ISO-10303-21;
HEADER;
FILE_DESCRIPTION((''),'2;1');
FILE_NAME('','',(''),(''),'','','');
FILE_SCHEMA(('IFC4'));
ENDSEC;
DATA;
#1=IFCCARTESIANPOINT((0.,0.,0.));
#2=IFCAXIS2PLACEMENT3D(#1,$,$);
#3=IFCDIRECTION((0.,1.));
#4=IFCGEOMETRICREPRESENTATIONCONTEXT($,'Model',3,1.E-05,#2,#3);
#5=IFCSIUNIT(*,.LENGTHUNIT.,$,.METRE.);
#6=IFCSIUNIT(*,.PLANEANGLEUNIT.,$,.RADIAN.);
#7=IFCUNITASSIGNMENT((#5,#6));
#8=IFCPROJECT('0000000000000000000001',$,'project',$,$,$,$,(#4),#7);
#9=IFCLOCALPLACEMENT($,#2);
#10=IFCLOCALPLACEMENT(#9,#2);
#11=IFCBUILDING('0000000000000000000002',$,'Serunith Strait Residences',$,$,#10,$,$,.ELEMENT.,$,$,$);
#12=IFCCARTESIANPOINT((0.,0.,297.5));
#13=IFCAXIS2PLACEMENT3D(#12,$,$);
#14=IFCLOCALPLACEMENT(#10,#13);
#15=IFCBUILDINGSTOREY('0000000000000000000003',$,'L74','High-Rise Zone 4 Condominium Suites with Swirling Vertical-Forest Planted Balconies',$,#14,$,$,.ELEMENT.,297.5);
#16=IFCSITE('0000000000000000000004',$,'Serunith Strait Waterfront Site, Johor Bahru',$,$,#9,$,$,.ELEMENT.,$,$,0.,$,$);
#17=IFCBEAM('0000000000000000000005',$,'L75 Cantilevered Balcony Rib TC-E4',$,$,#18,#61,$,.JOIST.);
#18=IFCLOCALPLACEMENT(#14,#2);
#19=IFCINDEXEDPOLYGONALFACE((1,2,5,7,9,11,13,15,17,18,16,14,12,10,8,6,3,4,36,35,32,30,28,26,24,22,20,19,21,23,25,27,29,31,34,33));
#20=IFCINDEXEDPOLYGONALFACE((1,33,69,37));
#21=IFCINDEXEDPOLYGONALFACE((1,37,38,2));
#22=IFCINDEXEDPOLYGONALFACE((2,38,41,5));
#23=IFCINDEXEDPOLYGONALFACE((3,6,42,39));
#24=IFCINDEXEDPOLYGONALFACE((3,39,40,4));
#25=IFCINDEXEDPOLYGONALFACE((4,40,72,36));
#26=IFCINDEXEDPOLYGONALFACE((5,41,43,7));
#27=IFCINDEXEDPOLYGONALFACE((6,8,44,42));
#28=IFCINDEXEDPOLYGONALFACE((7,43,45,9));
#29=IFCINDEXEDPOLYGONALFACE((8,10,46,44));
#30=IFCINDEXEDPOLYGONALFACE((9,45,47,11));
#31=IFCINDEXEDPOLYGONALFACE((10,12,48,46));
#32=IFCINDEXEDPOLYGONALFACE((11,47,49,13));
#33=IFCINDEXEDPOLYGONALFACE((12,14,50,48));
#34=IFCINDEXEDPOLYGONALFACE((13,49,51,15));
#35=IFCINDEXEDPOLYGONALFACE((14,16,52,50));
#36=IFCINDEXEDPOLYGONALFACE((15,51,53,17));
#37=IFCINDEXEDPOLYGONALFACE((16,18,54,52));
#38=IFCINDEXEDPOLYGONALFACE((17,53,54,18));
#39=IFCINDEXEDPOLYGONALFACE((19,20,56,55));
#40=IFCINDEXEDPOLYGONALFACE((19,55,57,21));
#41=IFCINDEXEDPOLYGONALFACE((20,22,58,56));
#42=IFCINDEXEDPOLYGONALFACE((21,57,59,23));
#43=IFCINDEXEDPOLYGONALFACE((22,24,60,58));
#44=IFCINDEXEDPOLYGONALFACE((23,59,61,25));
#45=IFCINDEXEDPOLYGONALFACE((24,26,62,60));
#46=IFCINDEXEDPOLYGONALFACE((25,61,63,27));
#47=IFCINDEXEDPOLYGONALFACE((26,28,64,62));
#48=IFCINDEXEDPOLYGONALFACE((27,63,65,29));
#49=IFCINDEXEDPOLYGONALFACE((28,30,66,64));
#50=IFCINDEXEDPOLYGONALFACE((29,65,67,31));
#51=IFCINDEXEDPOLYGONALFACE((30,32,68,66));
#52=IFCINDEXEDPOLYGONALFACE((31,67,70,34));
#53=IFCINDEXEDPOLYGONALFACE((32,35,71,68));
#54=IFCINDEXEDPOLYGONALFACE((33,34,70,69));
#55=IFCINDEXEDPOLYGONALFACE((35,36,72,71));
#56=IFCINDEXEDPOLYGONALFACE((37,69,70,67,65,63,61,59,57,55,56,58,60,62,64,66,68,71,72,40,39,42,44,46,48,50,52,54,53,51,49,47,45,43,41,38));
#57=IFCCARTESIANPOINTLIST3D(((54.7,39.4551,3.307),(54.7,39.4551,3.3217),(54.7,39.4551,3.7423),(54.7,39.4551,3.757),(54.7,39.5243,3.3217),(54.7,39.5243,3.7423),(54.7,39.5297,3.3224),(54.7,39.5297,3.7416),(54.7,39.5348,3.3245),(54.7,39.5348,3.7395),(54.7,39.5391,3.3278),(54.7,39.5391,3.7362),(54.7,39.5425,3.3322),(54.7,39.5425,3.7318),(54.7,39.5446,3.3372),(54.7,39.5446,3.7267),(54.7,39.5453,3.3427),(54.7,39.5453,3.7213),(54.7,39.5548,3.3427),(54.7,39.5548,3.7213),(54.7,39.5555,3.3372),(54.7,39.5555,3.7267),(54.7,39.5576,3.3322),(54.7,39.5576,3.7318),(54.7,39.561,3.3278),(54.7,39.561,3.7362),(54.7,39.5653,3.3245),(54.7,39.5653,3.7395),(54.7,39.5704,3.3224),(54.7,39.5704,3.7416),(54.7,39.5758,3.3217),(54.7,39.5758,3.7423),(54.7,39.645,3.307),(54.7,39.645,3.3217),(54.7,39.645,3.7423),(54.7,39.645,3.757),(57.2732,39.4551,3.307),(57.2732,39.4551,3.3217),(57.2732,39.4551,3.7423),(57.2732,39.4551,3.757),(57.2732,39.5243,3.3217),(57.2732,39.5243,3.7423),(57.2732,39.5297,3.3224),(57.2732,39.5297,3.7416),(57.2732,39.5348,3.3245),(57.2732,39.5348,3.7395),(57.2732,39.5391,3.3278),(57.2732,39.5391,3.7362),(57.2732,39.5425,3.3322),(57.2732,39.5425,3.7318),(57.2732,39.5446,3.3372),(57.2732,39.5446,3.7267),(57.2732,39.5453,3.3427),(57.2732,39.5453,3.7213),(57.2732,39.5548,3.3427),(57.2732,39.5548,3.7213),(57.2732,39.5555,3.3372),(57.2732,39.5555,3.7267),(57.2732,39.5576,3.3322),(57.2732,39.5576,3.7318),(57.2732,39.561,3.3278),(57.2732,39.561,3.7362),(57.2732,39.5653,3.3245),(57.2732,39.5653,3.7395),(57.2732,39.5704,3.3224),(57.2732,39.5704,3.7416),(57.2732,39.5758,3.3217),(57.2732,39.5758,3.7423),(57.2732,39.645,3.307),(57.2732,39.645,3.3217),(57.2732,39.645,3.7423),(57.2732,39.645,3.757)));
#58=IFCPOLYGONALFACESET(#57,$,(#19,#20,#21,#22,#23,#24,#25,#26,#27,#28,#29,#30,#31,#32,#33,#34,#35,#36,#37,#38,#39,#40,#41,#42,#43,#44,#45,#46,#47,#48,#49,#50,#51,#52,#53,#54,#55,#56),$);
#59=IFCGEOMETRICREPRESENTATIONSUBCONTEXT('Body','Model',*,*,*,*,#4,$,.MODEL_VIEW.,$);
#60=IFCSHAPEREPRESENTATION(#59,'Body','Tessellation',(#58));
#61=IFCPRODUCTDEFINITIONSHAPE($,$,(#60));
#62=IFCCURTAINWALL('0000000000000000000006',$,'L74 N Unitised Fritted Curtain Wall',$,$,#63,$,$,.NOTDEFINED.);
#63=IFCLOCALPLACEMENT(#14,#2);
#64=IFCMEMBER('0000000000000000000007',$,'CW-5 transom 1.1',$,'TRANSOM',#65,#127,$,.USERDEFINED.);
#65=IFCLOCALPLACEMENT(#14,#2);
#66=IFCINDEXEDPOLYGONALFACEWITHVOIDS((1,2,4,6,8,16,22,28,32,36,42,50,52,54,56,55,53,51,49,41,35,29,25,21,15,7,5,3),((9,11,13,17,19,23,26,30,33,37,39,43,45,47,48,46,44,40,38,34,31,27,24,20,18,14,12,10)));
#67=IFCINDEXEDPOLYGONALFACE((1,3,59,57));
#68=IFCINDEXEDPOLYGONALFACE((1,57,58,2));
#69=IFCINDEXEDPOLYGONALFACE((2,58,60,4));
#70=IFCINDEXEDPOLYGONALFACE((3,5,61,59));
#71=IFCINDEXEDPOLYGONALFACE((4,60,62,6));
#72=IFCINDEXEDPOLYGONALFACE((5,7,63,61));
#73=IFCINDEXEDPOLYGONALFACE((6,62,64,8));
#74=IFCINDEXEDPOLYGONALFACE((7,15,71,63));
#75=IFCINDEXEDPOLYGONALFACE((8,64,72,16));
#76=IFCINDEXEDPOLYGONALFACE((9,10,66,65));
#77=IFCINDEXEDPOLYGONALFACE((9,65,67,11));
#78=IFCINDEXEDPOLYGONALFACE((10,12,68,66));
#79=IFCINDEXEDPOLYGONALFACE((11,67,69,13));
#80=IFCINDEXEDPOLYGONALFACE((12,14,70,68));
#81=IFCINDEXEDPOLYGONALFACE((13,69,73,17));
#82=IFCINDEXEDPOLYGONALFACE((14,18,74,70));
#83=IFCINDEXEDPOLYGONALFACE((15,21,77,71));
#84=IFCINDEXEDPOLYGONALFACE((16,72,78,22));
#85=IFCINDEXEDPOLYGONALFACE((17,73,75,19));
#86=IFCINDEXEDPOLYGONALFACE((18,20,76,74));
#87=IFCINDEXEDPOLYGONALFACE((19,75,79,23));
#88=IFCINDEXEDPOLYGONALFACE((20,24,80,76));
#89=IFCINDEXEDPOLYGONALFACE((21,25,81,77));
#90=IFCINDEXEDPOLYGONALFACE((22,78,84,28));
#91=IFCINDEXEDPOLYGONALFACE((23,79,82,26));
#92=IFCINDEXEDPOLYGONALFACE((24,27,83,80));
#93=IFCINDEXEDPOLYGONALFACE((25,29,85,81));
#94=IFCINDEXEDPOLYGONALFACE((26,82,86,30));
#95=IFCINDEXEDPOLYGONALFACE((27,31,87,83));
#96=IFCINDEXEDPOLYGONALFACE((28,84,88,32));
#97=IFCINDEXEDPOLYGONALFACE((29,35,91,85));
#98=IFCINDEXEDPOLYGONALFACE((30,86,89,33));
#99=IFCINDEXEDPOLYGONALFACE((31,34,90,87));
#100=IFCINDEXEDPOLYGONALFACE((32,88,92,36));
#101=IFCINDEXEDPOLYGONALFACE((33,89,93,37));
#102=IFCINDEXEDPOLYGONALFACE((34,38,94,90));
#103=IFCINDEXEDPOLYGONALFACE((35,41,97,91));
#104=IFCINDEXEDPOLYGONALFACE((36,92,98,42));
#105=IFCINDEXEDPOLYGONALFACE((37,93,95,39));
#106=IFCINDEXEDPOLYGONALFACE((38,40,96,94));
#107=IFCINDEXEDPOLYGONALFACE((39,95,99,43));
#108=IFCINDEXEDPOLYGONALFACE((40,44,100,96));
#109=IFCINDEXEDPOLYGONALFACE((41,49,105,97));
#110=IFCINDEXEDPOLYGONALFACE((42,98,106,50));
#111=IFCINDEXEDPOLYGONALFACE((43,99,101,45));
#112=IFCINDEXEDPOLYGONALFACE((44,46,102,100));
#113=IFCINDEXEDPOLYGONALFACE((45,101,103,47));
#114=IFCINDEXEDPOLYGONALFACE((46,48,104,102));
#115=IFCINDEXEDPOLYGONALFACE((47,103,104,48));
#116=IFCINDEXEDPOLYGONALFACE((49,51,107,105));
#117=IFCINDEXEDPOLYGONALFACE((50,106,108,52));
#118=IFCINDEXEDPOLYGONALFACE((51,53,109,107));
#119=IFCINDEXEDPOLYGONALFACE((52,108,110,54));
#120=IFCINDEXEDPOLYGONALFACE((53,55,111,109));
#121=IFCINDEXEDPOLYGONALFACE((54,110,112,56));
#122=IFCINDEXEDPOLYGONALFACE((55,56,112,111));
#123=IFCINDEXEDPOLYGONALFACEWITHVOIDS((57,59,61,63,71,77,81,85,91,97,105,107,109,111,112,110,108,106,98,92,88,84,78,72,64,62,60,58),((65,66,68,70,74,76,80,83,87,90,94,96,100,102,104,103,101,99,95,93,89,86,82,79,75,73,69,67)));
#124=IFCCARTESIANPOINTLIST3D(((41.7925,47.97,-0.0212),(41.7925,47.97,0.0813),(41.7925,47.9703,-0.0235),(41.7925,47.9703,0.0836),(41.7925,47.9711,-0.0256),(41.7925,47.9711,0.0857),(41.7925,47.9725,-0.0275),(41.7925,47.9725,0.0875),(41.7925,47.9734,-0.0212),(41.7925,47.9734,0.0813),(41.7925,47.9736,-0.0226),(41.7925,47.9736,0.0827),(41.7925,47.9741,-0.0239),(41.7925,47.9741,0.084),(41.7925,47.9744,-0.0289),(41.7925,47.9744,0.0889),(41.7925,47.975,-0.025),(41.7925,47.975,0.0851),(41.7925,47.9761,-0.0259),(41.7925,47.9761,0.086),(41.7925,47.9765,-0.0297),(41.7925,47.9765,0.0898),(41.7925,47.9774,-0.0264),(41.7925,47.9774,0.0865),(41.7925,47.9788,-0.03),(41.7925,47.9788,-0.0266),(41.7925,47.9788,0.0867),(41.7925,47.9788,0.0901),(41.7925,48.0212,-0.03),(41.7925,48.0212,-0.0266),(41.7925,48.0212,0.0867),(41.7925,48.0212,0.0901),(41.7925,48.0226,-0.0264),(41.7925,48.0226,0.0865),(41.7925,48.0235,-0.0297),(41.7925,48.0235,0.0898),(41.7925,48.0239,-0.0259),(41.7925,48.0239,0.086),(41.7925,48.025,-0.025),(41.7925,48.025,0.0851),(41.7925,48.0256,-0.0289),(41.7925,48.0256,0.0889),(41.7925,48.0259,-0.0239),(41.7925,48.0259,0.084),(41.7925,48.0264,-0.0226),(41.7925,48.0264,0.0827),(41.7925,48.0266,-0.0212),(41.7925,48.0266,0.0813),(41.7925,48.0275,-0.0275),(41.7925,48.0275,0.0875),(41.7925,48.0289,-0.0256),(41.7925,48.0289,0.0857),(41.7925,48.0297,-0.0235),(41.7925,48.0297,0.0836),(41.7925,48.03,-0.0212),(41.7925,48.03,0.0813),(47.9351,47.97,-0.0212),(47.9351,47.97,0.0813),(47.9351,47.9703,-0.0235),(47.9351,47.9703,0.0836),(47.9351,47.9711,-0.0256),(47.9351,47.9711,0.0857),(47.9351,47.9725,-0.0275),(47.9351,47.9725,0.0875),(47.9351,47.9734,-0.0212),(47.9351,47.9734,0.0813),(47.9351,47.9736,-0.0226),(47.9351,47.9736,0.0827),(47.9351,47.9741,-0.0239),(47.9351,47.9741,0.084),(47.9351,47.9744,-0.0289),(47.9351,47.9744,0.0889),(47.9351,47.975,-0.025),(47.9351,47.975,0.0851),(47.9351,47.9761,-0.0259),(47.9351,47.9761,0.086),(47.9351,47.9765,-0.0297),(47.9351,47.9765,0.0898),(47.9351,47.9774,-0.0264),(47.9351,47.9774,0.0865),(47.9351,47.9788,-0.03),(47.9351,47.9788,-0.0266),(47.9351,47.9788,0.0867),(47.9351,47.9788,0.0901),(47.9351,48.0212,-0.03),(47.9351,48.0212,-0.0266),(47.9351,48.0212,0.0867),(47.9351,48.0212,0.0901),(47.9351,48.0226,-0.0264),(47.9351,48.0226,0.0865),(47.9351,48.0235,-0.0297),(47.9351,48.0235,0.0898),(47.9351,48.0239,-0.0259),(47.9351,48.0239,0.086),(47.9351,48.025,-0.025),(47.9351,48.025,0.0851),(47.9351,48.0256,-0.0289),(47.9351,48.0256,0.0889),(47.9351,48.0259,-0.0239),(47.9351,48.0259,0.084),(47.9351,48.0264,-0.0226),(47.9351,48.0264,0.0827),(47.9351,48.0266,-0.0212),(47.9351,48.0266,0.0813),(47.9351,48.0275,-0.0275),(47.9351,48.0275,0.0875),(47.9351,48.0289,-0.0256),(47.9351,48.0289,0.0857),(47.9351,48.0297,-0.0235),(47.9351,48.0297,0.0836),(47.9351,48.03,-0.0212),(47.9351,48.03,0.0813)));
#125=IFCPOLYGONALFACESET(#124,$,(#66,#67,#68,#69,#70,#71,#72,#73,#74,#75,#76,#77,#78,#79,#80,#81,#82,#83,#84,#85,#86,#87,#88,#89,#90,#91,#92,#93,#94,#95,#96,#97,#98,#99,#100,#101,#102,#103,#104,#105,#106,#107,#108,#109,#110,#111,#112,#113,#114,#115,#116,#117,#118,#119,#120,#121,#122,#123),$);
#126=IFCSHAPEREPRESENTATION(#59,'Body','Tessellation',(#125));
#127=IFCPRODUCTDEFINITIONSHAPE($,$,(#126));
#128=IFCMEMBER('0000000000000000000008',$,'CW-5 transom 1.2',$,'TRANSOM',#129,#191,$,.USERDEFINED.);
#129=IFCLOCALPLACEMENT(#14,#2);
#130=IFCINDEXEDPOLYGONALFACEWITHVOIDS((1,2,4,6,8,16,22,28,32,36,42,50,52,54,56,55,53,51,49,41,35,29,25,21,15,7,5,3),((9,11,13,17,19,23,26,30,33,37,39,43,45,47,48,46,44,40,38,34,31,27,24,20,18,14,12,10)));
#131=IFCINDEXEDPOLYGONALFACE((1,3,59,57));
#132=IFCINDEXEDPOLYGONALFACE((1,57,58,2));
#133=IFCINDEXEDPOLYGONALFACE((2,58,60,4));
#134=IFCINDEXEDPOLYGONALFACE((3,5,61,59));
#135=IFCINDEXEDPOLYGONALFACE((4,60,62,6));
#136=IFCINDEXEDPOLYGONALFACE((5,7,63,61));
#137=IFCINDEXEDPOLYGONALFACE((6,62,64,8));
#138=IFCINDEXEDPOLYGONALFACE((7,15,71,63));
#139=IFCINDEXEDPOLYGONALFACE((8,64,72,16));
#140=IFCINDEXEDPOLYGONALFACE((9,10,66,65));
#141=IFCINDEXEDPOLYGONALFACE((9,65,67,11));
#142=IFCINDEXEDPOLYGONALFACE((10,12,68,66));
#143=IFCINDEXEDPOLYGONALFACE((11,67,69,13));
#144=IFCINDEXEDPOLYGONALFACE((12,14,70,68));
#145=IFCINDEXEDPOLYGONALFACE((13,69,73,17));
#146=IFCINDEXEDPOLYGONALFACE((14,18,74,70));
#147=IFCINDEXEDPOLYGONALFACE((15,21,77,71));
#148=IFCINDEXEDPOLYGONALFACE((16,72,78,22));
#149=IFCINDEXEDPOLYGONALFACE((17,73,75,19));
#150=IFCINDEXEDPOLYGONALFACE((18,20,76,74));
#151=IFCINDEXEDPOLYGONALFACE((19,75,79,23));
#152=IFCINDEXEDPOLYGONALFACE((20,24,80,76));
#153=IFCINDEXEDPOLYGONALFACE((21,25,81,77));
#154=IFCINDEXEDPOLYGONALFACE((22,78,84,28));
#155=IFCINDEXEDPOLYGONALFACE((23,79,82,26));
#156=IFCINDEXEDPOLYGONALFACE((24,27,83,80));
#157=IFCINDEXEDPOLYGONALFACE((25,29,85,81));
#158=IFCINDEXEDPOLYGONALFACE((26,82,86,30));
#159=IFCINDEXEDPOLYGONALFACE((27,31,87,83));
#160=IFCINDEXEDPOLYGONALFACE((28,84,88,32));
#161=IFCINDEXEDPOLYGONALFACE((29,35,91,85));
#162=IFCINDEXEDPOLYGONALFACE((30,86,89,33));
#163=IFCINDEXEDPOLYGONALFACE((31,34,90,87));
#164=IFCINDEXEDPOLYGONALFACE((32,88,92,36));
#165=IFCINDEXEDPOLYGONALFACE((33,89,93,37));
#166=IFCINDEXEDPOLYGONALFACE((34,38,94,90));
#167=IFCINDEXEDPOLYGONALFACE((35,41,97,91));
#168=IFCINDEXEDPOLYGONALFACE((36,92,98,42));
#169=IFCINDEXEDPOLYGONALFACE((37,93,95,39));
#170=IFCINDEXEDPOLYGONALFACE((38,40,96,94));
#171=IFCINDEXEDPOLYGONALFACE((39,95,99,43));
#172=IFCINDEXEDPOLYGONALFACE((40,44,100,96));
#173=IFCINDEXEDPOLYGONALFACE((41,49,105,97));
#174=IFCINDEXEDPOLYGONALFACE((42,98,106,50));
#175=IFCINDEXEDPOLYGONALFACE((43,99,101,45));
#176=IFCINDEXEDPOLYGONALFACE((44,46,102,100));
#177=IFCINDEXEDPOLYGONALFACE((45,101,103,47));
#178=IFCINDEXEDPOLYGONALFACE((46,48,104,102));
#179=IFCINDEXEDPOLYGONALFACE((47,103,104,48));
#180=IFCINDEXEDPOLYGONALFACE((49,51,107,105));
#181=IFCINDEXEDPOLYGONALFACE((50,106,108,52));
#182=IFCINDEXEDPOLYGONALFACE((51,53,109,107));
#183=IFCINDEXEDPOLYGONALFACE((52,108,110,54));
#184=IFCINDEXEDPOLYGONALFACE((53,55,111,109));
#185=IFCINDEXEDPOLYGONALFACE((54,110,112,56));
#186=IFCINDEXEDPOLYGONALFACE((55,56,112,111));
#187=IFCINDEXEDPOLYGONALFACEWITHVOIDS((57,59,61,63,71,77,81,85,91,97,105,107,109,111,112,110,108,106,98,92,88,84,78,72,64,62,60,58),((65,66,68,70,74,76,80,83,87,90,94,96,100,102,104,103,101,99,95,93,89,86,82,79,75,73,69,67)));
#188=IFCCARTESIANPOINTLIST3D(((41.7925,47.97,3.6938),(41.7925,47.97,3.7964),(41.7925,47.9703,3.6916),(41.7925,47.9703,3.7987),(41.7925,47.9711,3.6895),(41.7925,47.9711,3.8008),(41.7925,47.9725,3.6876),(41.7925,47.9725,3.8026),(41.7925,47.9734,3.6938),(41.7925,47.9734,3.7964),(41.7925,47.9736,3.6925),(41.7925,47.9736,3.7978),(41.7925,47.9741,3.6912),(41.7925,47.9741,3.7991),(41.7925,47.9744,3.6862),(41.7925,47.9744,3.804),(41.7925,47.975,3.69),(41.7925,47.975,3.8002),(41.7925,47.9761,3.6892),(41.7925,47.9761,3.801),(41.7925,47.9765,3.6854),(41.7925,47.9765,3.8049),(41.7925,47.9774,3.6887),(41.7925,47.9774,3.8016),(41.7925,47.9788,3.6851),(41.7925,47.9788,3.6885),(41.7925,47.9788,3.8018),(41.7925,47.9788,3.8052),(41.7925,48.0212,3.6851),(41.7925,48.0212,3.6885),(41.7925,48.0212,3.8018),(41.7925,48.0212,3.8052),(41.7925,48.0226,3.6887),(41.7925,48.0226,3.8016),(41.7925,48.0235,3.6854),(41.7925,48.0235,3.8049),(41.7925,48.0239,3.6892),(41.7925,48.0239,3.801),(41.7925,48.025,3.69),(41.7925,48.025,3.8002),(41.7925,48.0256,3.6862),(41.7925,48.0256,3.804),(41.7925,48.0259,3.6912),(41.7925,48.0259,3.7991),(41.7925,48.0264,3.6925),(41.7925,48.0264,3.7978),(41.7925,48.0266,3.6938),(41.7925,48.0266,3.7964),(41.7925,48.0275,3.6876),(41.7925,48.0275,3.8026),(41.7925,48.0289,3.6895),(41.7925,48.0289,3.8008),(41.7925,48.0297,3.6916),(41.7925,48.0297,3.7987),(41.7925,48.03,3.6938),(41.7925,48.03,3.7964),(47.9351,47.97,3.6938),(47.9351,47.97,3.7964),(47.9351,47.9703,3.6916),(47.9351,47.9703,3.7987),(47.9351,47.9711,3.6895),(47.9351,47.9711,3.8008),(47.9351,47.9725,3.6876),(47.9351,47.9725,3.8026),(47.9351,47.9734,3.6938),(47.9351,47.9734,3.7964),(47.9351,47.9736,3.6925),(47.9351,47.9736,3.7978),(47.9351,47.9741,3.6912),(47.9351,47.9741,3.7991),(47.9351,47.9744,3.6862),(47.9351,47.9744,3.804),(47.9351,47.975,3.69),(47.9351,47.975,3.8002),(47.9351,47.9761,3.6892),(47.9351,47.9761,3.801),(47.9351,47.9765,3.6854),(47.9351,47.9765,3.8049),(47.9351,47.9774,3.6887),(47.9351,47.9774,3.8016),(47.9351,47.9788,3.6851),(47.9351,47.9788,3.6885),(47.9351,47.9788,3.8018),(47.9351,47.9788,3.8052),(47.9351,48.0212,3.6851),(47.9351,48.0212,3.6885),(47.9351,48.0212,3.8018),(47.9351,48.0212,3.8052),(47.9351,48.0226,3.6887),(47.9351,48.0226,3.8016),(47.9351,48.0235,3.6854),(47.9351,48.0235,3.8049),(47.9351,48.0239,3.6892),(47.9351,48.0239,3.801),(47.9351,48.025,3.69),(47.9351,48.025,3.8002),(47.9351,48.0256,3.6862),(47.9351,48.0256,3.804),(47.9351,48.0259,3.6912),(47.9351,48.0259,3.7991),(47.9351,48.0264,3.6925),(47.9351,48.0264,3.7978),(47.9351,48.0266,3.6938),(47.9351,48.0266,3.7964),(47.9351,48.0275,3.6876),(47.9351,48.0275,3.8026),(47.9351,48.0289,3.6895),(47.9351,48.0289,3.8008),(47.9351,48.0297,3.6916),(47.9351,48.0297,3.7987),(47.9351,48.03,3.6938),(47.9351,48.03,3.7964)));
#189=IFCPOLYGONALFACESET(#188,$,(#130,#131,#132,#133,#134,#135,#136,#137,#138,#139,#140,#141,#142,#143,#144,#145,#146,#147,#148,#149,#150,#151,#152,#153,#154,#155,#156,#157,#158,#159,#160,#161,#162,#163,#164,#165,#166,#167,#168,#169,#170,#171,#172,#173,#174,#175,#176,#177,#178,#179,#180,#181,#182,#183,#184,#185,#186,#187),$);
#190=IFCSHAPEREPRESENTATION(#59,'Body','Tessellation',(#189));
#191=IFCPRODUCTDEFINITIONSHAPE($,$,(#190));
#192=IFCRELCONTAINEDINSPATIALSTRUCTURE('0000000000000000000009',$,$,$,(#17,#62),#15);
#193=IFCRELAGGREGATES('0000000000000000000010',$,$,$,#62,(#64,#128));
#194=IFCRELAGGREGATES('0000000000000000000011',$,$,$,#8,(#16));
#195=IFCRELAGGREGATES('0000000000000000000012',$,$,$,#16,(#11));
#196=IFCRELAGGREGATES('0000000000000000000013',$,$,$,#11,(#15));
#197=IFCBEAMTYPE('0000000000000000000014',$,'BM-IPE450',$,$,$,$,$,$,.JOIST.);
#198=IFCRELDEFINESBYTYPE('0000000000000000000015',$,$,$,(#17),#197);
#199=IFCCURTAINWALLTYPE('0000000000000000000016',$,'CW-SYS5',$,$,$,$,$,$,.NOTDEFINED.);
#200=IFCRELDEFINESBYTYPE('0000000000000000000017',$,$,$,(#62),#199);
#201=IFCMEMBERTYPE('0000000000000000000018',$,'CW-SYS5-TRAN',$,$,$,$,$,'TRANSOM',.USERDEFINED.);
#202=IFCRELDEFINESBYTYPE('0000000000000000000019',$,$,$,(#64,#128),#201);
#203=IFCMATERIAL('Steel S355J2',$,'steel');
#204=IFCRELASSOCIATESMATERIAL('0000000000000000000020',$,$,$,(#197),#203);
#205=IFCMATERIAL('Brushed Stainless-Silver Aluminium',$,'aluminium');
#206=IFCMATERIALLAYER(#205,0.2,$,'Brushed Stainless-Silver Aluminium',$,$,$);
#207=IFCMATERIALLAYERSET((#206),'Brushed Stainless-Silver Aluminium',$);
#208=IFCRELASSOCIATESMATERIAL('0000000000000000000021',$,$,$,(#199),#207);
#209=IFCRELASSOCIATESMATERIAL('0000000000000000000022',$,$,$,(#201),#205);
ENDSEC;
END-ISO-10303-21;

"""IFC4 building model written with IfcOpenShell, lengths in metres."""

from ifc_helpers import new_model, si_unit, direction, frame, origin, origin_2d, place, context, subcontext, project, spatial, hollow_rectangle, i_section, extrude, source, transform, mapped, material, layer, layer_set, material_profile, profile_set, type_object, element, aggregate, save


model = new_model("IFC4")

# Units and contexts
model_context = context("Model", 3, precision=1e-05, world=origin(), true_north=direction((0.0, 1.0)))
body_context = subcontext(model_context, "Body", "Model", "MODEL_VIEW")
ifc_project = project(units=[si_unit("LENGTHUNIT", "METRE"), si_unit("PLANEANGLEUNIT", "RADIAN")], contexts=[model_context])

# Site, building, storey
site_placement = place(None, origin())
site = spatial("IfcSite", under=ifc_project, at=site_placement, Name="Serunith Strait Waterfront Site, Johor Bahru", CompositionType="ELEMENT", RefElevation=0.0)
building_placement = place(site_placement, origin())
building = spatial("IfcBuilding", under=site, at=building_placement, Name="Serunith Strait Residences", CompositionType="ELEMENT")
storey_placement = place(building_placement, frame((0.0, 0.0, 297.5)))
storey = spatial("IfcBuildingStorey", under=building, at=storey_placement, Name="L74", Description="High-Rise Zone 4 Condominium Suites with Swirling Vertical-Forest Planted Balconies", CompositionType="ELEMENT", Elevation=297.5)

# Beam
ifc_material_1 = material(Name="Steel S355J2", Category="steel")
ifc_material_profile_1 = material_profile(ifc_material_1, i_section(OverallWidth=0.1899, OverallDepth=0.45, WebThickness=0.0095, FlangeThickness=0.0146, FilletRadius=0.021, at=origin_2d()), Name="IPE 450")
ifc_profile_set_1 = profile_set([ifc_material_profile_1], Name="Steel S355J2")
beam_type_1 = type_object("IfcBeamType", Name="BM-IPE450", PredefinedType="JOIST", material=ifc_profile_set_1)
shared_shape_1 = source(origin(), body_context, "Body", "SweptSolid", [
    extrude(i_section(OverallWidth=0.1899, OverallDepth=0.45, WebThickness=0.0095, FlangeThickness=0.0146, FilletRadius=0.021, at=origin_2d()), origin(), (0.0, 0.0, 1.0), 2.5732),
])
beam_1_placement = place(storey_placement, frame((54.7, 39.55, 3.532), z_axis=(1.0, 0.0, 0.0), x_axis=(0.0, 1.0, 0.0)))
element("IfcBeam", 1, at=beam_1_placement, inside=storey, type_object=beam_type_1, Name="L75 Cantilevered Balcony Rib TC-E4", PredefinedType="JOIST", context=body_context, shape_type="MappedRepresentation", body=[
    mapped(shared_shape_1, transform((0.0, 0.0, 0.0), scale=1.0)),
])

# Curtain wall, members
ifc_material_2 = material(Name="Brushed Stainless-Silver Aluminium", Category="aluminium")
ifc_layer_1 = layer(ifc_material_2, 0.2, Name="Brushed Stainless-Silver Aluminium")
ifc_layer_set_1 = layer_set([ifc_layer_1], Name="Brushed Stainless-Silver Aluminium")
curtain_wall_type = type_object("IfcCurtainWallType", Name="CW-SYS5", PredefinedType="NOTDEFINED", material=ifc_layer_set_1)
curtain_wall_1_placement = place(storey_placement, origin())
curtain_wall_1 = element("IfcCurtainWall", 2, at=curtain_wall_1_placement, inside=storey, type_object=curtain_wall_type, Name="L74 N Unitised Fritted Curtain Wall", PredefinedType="NOTDEFINED")
ifc_material_profile_2 = material_profile(ifc_material_2, hollow_rectangle(XDim=0.0601, YDim=0.1201, WallThickness=0.0034, InnerFilletRadius=0.0054, OuterFilletRadius=0.0088, at=origin_2d()), Name="ALU 120x60x3.5")
ifc_profile_set_2 = profile_set([ifc_material_profile_2], Name="Brushed Stainless-Silver Aluminium")
member_type_1 = type_object("IfcMemberType", Name="CW-SYS5-TRAN", ElementType="TRANSOM", PredefinedType="USERDEFINED", material=ifc_profile_set_2)
shared_shape_2 = source(origin(), body_context, "Body", "SweptSolid", [
    extrude(hollow_rectangle(XDim=0.0601, YDim=0.1201, WallThickness=0.0034, InnerFilletRadius=0.0054, OuterFilletRadius=0.0088, at=origin_2d()), origin(), (0.0, 0.0, 1.0), 6.1426),
])
member_1_placement = place(storey_placement, frame((47.9351, 48.0, 0.03), z_axis=(-1.0, 0.0, 0.0), x_axis=(0.0, -1.0, 0.0)))
member_1 = element("IfcMember", 3, at=member_1_placement, type_object=member_type_1, Name="CW-5 transom 1.1", ObjectType="TRANSOM", PredefinedType="USERDEFINED", context=body_context, shape_type="MappedRepresentation", body=[
    mapped(shared_shape_2, transform((0.0, 0.0, 0.0), scale=1.0)),
])
member_2_placement = place(storey_placement, frame((47.9351, 48.0, 3.7451), z_axis=(-1.0, 0.0, 0.0), x_axis=(0.0, -1.0, 0.0)))
member_2 = element("IfcMember", 4, at=member_2_placement, type_object=member_type_1, Name="CW-5 transom 1.2", ObjectType="TRANSOM", PredefinedType="USERDEFINED", context=body_context, shape_type="MappedRepresentation", body=[
    mapped(shared_shape_2, transform((0.0, 0.0, 0.0), scale=1.0)),
])

aggregate(curtain_wall_1, [member_1, member_2])

save(model, "model.ifc")
